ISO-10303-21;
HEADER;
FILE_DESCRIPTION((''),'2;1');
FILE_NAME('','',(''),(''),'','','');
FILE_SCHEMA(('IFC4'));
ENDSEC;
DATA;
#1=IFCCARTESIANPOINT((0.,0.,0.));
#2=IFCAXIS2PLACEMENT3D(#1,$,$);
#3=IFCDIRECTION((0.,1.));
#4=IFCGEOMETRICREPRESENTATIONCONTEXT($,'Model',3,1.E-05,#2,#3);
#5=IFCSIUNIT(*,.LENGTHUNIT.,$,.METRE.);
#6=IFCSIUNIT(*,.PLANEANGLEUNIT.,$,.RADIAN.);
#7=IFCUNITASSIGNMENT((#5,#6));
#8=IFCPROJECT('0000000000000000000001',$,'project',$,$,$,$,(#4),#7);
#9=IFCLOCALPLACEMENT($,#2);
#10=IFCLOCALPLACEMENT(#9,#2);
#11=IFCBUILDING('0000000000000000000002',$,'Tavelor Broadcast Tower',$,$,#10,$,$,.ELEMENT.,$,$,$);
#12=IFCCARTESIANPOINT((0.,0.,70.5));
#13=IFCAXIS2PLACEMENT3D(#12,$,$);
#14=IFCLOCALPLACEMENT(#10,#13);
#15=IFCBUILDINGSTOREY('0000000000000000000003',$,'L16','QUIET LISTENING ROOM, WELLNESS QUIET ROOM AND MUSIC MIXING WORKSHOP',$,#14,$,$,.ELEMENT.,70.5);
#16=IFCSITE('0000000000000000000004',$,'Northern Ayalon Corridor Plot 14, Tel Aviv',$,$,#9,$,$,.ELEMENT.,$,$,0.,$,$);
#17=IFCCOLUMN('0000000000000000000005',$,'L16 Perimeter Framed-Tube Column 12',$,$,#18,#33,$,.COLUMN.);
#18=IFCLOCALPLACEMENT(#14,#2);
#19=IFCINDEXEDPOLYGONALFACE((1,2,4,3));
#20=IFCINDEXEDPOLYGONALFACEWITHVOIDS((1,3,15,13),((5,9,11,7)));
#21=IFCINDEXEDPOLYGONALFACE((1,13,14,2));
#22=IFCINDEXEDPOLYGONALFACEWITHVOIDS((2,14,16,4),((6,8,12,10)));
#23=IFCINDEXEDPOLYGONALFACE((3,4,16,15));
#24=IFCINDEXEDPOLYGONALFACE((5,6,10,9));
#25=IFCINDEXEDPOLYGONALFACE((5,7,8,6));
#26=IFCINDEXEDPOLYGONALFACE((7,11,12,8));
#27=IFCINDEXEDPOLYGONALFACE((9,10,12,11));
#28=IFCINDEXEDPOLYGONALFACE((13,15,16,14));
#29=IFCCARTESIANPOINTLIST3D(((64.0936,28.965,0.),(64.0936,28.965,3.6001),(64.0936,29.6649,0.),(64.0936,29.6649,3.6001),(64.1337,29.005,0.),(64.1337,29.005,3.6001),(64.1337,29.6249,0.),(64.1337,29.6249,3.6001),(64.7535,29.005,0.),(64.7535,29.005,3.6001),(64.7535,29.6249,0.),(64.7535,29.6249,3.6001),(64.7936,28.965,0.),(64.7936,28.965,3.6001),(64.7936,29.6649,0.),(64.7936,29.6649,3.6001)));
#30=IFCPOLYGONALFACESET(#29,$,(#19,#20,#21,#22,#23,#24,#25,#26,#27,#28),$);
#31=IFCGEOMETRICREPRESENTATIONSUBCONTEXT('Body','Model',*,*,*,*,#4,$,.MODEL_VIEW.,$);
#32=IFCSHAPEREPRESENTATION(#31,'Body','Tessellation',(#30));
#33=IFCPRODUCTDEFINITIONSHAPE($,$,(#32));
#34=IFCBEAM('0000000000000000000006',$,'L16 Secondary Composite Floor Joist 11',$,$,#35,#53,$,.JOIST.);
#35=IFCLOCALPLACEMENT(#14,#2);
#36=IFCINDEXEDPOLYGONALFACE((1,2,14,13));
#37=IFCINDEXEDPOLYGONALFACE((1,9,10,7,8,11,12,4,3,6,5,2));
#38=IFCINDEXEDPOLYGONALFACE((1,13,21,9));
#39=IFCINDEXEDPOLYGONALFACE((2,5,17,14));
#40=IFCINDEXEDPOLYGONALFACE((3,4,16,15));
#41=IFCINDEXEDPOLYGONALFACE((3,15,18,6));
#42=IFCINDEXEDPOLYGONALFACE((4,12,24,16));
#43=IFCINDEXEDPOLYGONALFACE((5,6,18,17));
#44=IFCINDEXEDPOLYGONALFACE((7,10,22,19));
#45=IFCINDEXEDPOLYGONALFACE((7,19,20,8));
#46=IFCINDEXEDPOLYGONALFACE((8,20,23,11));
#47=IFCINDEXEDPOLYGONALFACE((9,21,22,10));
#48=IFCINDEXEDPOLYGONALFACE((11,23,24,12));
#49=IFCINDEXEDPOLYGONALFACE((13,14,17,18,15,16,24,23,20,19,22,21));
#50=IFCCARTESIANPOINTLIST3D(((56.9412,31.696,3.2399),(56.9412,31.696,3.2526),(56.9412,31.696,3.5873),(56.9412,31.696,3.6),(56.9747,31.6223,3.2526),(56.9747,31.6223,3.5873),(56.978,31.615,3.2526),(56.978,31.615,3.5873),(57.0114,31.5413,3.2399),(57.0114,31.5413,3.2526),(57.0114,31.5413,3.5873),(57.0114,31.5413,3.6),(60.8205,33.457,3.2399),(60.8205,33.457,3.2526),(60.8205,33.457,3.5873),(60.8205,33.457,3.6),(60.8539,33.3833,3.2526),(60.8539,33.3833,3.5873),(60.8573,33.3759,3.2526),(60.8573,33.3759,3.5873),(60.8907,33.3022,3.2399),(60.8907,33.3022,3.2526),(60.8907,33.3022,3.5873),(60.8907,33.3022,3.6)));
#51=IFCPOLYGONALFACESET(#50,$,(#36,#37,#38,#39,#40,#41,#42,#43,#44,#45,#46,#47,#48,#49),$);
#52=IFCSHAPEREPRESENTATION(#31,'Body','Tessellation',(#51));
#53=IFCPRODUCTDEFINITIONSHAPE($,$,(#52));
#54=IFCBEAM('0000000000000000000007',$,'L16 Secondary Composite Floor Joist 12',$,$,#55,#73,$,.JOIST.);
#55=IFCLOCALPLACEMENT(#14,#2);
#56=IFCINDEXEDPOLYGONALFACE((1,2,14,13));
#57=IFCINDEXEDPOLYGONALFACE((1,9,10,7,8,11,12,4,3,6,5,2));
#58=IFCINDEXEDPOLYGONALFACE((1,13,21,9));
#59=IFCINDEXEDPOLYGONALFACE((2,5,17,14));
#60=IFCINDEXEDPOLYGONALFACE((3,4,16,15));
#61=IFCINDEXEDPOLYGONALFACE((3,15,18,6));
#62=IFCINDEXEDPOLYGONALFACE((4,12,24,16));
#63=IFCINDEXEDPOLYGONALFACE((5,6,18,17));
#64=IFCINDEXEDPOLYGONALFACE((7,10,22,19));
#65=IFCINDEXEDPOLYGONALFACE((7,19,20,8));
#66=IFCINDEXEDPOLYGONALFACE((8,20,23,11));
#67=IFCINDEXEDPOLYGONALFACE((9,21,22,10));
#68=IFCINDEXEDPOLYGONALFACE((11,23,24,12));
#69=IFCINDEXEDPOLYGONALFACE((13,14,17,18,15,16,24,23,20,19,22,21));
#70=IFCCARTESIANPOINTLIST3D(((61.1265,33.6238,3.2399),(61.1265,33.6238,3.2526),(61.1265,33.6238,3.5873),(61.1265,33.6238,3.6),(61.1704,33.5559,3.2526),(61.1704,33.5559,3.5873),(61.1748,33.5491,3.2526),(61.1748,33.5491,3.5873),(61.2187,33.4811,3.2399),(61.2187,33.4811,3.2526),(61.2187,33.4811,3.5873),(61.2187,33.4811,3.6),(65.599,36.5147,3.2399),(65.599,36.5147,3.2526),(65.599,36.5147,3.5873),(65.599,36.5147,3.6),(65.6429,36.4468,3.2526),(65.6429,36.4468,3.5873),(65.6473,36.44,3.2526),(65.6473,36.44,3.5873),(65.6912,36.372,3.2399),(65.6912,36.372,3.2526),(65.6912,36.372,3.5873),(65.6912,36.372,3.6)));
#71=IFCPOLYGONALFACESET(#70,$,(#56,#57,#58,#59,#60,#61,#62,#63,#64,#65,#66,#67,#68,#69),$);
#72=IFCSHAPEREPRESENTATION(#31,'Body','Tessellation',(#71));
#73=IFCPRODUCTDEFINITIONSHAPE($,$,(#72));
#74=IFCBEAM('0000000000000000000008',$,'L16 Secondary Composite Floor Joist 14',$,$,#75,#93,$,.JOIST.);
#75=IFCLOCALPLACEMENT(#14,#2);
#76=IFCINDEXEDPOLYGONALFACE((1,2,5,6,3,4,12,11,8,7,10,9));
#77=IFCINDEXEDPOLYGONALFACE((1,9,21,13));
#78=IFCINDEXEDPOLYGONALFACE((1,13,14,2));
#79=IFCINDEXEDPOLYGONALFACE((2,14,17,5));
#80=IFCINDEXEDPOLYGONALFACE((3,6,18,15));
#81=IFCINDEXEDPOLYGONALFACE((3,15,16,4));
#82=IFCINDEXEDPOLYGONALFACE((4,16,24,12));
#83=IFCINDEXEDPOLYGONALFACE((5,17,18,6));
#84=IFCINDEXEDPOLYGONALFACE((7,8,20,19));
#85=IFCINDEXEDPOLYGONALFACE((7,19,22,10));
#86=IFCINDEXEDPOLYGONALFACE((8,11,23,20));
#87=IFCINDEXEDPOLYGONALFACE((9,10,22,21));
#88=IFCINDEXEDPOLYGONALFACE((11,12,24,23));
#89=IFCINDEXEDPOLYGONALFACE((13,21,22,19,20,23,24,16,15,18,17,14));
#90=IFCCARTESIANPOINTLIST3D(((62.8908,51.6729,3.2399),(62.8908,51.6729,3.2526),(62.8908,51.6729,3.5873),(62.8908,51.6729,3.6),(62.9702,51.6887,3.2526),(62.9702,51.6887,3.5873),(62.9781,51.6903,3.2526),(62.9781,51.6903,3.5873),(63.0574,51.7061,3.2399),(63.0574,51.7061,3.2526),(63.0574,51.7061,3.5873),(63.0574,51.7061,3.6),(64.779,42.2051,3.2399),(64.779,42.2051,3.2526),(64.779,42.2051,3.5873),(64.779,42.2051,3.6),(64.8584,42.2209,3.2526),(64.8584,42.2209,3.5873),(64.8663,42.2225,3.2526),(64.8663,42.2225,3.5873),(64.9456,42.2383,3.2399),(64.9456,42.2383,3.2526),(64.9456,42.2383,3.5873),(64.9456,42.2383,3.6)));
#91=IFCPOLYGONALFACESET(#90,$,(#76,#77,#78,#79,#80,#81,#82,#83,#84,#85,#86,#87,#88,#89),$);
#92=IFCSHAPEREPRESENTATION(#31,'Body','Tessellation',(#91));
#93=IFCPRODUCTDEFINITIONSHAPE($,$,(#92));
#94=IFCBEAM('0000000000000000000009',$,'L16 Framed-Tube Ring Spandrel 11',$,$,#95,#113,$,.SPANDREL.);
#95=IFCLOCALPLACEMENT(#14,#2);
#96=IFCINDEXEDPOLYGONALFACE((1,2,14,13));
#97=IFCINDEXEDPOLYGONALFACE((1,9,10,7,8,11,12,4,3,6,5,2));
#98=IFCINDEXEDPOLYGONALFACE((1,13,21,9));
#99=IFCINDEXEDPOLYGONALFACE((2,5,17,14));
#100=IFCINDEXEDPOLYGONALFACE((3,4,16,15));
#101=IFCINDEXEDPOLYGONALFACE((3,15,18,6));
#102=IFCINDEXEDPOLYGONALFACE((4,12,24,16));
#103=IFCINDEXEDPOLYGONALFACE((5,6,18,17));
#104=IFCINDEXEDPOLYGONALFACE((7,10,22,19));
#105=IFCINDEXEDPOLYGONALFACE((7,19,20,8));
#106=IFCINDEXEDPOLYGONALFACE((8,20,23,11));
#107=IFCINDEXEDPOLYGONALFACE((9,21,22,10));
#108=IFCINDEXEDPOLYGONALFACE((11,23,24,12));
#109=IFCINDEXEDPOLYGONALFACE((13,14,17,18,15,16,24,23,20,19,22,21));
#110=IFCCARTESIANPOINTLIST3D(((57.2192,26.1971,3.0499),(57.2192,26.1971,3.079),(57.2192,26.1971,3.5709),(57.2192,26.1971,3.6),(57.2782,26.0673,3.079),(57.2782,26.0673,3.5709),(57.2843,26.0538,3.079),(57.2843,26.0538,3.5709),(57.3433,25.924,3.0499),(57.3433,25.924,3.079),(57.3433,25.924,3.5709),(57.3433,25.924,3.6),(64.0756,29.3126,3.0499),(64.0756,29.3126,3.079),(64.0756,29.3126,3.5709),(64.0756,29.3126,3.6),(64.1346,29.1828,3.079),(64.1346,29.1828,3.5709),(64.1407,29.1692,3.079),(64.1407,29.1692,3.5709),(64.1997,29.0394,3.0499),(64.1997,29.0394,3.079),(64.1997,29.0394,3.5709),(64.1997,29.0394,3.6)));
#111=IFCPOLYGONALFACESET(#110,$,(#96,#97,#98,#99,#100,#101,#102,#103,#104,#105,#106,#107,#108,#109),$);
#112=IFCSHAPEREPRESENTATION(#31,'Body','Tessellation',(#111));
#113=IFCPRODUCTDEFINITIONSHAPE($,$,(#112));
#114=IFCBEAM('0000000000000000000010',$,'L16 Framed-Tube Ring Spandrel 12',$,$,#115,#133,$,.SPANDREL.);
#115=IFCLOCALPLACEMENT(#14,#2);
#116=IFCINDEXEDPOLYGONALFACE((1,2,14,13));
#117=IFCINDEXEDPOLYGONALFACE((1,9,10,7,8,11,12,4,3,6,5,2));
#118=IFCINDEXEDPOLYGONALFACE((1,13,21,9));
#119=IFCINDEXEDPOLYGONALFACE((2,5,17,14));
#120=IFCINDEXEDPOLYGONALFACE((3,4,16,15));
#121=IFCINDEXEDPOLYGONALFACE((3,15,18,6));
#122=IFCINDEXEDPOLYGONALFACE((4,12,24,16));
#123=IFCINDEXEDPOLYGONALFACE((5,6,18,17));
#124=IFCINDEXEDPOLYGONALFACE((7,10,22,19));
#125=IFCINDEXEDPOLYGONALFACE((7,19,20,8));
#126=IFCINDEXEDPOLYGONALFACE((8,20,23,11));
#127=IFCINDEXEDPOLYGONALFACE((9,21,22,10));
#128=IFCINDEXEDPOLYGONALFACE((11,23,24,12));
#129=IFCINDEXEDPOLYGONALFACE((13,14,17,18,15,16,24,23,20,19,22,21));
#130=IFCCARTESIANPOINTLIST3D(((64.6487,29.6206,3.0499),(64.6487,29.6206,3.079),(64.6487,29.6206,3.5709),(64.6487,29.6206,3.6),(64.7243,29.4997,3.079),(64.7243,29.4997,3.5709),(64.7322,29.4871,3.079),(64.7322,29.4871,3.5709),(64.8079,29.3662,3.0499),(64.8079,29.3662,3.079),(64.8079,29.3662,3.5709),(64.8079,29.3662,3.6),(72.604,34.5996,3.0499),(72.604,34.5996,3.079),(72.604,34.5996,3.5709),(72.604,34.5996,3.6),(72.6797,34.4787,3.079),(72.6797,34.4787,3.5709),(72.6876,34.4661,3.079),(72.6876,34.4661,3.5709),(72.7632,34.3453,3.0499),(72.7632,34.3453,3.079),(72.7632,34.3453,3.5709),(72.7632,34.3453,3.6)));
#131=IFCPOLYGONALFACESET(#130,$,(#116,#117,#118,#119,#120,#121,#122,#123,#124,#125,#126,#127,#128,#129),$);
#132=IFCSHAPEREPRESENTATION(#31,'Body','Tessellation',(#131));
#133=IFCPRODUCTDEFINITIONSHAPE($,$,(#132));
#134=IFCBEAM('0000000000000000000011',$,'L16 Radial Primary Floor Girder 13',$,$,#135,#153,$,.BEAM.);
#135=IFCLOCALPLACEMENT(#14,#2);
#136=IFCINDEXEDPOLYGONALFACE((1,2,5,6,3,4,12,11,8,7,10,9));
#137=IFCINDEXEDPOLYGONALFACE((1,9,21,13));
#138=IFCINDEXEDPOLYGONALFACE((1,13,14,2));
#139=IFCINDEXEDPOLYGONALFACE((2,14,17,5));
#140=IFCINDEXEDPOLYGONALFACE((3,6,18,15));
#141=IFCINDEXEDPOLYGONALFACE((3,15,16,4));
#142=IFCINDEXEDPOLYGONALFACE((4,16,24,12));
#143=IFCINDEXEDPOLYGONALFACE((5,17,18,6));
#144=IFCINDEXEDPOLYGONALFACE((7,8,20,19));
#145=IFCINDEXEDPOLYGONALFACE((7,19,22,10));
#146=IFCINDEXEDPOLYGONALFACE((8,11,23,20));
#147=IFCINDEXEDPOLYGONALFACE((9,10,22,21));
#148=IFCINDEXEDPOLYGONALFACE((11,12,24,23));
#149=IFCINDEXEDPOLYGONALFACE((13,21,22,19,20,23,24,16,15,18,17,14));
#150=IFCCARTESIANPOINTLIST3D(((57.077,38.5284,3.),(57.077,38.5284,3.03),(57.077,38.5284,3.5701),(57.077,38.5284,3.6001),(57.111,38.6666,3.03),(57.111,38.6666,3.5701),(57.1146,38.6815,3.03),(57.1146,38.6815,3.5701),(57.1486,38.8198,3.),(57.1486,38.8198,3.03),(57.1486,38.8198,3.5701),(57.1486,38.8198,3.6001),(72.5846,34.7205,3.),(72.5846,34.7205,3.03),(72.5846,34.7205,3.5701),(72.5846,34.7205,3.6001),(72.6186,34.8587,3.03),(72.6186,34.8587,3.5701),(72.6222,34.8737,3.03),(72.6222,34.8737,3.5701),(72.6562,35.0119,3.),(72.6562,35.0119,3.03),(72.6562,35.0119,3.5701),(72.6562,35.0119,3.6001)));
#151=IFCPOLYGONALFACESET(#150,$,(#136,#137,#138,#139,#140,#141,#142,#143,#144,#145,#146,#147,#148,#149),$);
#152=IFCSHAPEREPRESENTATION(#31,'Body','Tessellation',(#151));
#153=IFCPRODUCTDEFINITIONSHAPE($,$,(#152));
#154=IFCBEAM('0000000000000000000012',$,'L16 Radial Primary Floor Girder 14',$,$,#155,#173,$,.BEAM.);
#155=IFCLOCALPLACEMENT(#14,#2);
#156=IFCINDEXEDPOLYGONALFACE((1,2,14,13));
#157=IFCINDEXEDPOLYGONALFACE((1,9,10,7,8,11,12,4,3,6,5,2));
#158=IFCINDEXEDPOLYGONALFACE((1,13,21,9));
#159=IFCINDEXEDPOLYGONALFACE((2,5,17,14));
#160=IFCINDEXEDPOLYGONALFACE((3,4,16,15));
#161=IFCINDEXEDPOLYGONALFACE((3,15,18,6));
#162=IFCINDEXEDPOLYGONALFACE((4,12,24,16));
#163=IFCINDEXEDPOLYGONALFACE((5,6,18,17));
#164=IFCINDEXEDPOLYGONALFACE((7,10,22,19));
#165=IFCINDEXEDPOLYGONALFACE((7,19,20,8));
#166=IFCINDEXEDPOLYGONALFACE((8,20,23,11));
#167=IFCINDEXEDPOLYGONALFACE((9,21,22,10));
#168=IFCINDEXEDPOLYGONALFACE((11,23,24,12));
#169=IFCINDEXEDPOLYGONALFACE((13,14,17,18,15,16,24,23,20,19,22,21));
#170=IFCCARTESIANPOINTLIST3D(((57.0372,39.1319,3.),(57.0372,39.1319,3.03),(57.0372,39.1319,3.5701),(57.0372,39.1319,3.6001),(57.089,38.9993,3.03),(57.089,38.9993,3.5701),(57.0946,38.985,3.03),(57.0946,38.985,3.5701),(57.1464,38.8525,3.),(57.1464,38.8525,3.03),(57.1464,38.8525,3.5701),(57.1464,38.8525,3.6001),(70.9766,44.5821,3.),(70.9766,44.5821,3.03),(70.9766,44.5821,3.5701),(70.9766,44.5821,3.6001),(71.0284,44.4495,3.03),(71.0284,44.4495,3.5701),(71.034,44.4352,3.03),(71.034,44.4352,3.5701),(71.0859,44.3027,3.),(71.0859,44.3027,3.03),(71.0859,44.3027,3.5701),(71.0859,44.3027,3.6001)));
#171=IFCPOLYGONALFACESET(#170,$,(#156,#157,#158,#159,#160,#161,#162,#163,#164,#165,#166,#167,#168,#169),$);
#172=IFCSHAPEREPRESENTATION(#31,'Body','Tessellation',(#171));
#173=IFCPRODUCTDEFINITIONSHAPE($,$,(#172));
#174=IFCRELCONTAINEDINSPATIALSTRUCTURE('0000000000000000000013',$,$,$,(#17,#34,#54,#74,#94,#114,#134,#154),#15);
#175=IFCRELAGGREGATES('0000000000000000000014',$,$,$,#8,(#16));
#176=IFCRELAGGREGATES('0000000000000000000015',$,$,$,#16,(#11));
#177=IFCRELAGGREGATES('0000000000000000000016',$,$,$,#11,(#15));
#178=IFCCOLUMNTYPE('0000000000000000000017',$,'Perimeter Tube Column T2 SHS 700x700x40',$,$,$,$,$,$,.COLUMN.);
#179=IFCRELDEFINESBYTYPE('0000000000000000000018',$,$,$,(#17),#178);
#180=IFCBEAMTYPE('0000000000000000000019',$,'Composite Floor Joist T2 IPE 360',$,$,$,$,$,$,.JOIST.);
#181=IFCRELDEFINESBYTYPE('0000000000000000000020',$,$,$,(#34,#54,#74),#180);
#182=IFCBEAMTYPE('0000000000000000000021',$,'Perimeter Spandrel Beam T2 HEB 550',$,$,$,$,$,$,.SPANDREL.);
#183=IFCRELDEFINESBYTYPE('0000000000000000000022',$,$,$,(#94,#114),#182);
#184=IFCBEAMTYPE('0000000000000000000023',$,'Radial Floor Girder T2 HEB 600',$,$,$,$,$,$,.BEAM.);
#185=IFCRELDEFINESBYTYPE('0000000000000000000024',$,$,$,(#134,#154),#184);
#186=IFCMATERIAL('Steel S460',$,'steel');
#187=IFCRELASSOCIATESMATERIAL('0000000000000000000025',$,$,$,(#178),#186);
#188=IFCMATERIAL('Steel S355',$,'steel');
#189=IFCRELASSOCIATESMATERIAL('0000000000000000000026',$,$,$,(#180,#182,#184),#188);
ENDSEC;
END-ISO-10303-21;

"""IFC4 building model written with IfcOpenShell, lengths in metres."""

from ifc_helpers import new_model, si_unit, direction, frame, origin, origin_2d, place, context, subcontext, project, spatial, hollow_rectangle, i_section, extrude, material, material_profile, profile_set, type_object, element, save


model = new_model("IFC4")

# Units and contexts
model_context = context("Model", 3, precision=1e-05, world=origin(), true_north=direction((0.0, 1.0)))
body_context = subcontext(model_context, "Body", "Model", "MODEL_VIEW")
ifc_project = project(units=[si_unit("LENGTHUNIT", "METRE"), si_unit("PLANEANGLEUNIT", "RADIAN")], contexts=[model_context])

# Site, building, storey
site_placement = place(None, origin())
site = spatial("IfcSite", under=ifc_project, at=site_placement, Name="Northern Ayalon Corridor Plot 14, Tel Aviv", CompositionType="ELEMENT", RefElevation=0.0)
building_placement = place(site_placement, origin())
building = spatial("IfcBuilding", under=site, at=building_placement, Name="Tavelor Broadcast Tower", CompositionType="ELEMENT")
storey_placement = place(building_placement, frame((0.0, 0.0, 70.5)))
storey = spatial("IfcBuildingStorey", under=building, at=storey_placement, Name="L16", Description="QUIET LISTENING ROOM, WELLNESS QUIET ROOM AND MUSIC MIXING WORKSHOP", CompositionType="ELEMENT", Elevation=70.5)

# Column
ifc_material_1 = material(Name="Steel S460", Category="steel")
ifc_material_profile_1 = material_profile(ifc_material_1, hollow_rectangle(XDim=0.7, YDim=0.7, WallThickness=0.04, at=origin_2d()), Name="SHS 700x700x40")
ifc_profile_set_1 = profile_set([ifc_material_profile_1], Name="Steel S460")
column_type = type_object("IfcColumnType", Name="Perimeter Tube Column T2 SHS 700x700x40", PredefinedType="COLUMN", material=ifc_profile_set_1)
column_placement = place(storey_placement, frame((64.4436, 29.3149, 0.0), z_axis=(0.0, 0.0, 1.0), x_axis=(1.0, 0.0, 0.0)))
element("IfcColumn", 1, at=column_placement, inside=storey, type_object=column_type, Name="L16 Perimeter Framed-Tube Column 12", PredefinedType="COLUMN", context=body_context, shape_type="SweptSolid", body=[
    extrude(hollow_rectangle(XDim=0.7, YDim=0.7, WallThickness=0.04, at=origin_2d()), origin(), (0.0, 0.0, 1.0), 3.6001),
])

# Beams
ifc_material_2 = material(Name="Steel S355", Category="steel")
ifc_material_profile_2 = material_profile(ifc_material_2, i_section(OverallWidth=0.1699, OverallDepth=0.3601, WebThickness=0.0081, FlangeThickness=0.0127, at=origin_2d()), Name="IPE 360")
ifc_profile_set_2 = profile_set([ifc_material_profile_2], Name="Steel S355")
beam_type_1 = type_object("IfcBeamType", Name="Composite Floor Joist T2 IPE 360", PredefinedType="JOIST", material=ifc_profile_set_2)
beam_1_placement = place(storey_placement, frame((56.9763, 31.6187, 3.4199), z_axis=(0.910576, 0.413341, 0.0), x_axis=(-0.413341, 0.910576, 0.0)))
element("IfcBeam", 2, at=beam_1_placement, inside=storey, type_object=beam_type_1, Name="L16 Secondary Composite Floor Joist 11", PredefinedType="JOIST", context=body_context, shape_type="SweptSolid", body=[
    extrude(i_section(OverallWidth=0.1699, OverallDepth=0.3601, WebThickness=0.0081, FlangeThickness=0.0127, at=origin_2d()), origin(), (0.0, 0.0, 1.0), 4.2603),
])
beam_2_placement = place(storey_placement, frame((61.1726, 33.5525, 3.4199), z_axis=(0.839831, 0.542848, 0.0), x_axis=(-0.542848, 0.839831, 0.0)))
element("IfcBeam", 3, at=beam_2_placement, inside=storey, type_object=beam_type_1, Name="L16 Secondary Composite Floor Joist 12", PredefinedType="JOIST", context=body_context, shape_type="SweptSolid", body=[
    extrude(i_section(OverallWidth=0.1699, OverallDepth=0.3601, WebThickness=0.0081, FlangeThickness=0.0127, at=origin_2d()), origin(), (0.0, 0.0, 1.0), 5.3254),
])
beam_3_placement = place(storey_placement, frame((64.8623, 42.2217, 3.4199), z_axis=(-0.195581, 0.980688, 0.0), x_axis=(-0.980688, -0.195581, 0.0)))
element("IfcBeam", 4, at=beam_3_placement, inside=storey, type_object=beam_type_1, Name="L16 Secondary Composite Floor Joist 14", PredefinedType="JOIST", context=body_context, shape_type="SweptSolid", body=[
    extrude(i_section(OverallWidth=0.1699, OverallDepth=0.3601, WebThickness=0.0081, FlangeThickness=0.0127, at=origin_2d()), origin(), (0.0, 0.0, 1.0), 9.6543),
])
ifc_material_profile_3 = material_profile(ifc_material_2, i_section(OverallWidth=0.3, OverallDepth=0.55, WebThickness=0.0149, FlangeThickness=0.0291, at=origin_2d()), Name="HEB 550")
ifc_profile_set_3 = profile_set([ifc_material_profile_3], Name="Steel S355")
beam_type_2 = type_object("IfcBeamType", Name="Perimeter Spandrel Beam T2 HEB 550", PredefinedType="SPANDREL", material=ifc_profile_set_3)
beam_4_placement = place(storey_placement, frame((57.2812, 26.0605, 3.325), z_axis=(0.910421, 0.413683, 0.0), x_axis=(-0.413683, 0.910421, 0.0)))
element("IfcBeam", 5, at=beam_4_placement, inside=storey, type_object=beam_type_2, Name="L16 Framed-Tube Ring Spandrel 11", PredefinedType="SPANDREL", context=body_context, shape_type="SweptSolid", body=[
    extrude(i_section(OverallWidth=0.3, OverallDepth=0.55, WebThickness=0.0149, FlangeThickness=0.0291, at=origin_2d()), origin(), (0.0, 0.0, 1.0), 7.531),
])
beam_5_placement = place(storey_placement, frame((64.7283, 29.4934, 3.325), z_axis=(0.847666, 0.53053, 0.0), x_axis=(-0.53053, 0.847666, 0.0)))
element("IfcBeam", 6, at=beam_5_placement, inside=storey, type_object=beam_type_2, Name="L16 Framed-Tube Ring Spandrel 12", PredefinedType="SPANDREL", context=body_context, shape_type="SweptSolid", body=[
    extrude(i_section(OverallWidth=0.3, OverallDepth=0.55, WebThickness=0.0149, FlangeThickness=0.0291, at=origin_2d()), origin(), (0.0, 0.0, 1.0), 9.385),
])
ifc_material_profile_4 = material_profile(ifc_material_2, i_section(OverallWidth=0.3, OverallDepth=0.6001, WebThickness=0.0154, FlangeThickness=0.03, at=origin_2d()), Name="HEB 600")
ifc_profile_set_4 = profile_set([ifc_material_profile_4], Name="Steel S355")
beam_type_3 = type_object("IfcBeamType", Name="Radial Floor Girder T2 HEB 600", PredefinedType="BEAM", material=ifc_profile_set_4)
beam_6_placement = place(storey_placement, frame((57.1128, 38.6741, 3.3), z_axis=(0.971151, -0.238465, 0.0), x_axis=(0.238465, 0.971151, 0.0)))
element("IfcBeam", 7, at=beam_6_placement, inside=storey, type_object=beam_type_3, Name="L16 Radial Primary Floor Girder 13", PredefinedType="BEAM", context=body_context, shape_type="SweptSolid", body=[
    extrude(i_section(OverallWidth=0.3, OverallDepth=0.6001, WebThickness=0.0154, FlangeThickness=0.03, at=origin_2d()), origin(), (0.0, 0.0, 1.0), 15.9683),
])
beam_7_placement = place(storey_placement, frame((57.0918, 38.9922, 3.3), z_axis=(0.931342, 0.364146, 0.0), x_axis=(-0.364146, 0.931342, 0.0)))
element("IfcBeam", 8, at=beam_7_placement, inside=storey, type_object=beam_type_3, Name="L16 Radial Primary Floor Girder 14", PredefinedType="BEAM", context=body_context, shape_type="SweptSolid", body=[
    extrude(i_section(OverallWidth=0.3, OverallDepth=0.6001, WebThickness=0.0154, FlangeThickness=0.03, at=origin_2d()), origin(), (0.0, 0.0, 1.0), 14.967),
])

save(model, "model.ifc")
